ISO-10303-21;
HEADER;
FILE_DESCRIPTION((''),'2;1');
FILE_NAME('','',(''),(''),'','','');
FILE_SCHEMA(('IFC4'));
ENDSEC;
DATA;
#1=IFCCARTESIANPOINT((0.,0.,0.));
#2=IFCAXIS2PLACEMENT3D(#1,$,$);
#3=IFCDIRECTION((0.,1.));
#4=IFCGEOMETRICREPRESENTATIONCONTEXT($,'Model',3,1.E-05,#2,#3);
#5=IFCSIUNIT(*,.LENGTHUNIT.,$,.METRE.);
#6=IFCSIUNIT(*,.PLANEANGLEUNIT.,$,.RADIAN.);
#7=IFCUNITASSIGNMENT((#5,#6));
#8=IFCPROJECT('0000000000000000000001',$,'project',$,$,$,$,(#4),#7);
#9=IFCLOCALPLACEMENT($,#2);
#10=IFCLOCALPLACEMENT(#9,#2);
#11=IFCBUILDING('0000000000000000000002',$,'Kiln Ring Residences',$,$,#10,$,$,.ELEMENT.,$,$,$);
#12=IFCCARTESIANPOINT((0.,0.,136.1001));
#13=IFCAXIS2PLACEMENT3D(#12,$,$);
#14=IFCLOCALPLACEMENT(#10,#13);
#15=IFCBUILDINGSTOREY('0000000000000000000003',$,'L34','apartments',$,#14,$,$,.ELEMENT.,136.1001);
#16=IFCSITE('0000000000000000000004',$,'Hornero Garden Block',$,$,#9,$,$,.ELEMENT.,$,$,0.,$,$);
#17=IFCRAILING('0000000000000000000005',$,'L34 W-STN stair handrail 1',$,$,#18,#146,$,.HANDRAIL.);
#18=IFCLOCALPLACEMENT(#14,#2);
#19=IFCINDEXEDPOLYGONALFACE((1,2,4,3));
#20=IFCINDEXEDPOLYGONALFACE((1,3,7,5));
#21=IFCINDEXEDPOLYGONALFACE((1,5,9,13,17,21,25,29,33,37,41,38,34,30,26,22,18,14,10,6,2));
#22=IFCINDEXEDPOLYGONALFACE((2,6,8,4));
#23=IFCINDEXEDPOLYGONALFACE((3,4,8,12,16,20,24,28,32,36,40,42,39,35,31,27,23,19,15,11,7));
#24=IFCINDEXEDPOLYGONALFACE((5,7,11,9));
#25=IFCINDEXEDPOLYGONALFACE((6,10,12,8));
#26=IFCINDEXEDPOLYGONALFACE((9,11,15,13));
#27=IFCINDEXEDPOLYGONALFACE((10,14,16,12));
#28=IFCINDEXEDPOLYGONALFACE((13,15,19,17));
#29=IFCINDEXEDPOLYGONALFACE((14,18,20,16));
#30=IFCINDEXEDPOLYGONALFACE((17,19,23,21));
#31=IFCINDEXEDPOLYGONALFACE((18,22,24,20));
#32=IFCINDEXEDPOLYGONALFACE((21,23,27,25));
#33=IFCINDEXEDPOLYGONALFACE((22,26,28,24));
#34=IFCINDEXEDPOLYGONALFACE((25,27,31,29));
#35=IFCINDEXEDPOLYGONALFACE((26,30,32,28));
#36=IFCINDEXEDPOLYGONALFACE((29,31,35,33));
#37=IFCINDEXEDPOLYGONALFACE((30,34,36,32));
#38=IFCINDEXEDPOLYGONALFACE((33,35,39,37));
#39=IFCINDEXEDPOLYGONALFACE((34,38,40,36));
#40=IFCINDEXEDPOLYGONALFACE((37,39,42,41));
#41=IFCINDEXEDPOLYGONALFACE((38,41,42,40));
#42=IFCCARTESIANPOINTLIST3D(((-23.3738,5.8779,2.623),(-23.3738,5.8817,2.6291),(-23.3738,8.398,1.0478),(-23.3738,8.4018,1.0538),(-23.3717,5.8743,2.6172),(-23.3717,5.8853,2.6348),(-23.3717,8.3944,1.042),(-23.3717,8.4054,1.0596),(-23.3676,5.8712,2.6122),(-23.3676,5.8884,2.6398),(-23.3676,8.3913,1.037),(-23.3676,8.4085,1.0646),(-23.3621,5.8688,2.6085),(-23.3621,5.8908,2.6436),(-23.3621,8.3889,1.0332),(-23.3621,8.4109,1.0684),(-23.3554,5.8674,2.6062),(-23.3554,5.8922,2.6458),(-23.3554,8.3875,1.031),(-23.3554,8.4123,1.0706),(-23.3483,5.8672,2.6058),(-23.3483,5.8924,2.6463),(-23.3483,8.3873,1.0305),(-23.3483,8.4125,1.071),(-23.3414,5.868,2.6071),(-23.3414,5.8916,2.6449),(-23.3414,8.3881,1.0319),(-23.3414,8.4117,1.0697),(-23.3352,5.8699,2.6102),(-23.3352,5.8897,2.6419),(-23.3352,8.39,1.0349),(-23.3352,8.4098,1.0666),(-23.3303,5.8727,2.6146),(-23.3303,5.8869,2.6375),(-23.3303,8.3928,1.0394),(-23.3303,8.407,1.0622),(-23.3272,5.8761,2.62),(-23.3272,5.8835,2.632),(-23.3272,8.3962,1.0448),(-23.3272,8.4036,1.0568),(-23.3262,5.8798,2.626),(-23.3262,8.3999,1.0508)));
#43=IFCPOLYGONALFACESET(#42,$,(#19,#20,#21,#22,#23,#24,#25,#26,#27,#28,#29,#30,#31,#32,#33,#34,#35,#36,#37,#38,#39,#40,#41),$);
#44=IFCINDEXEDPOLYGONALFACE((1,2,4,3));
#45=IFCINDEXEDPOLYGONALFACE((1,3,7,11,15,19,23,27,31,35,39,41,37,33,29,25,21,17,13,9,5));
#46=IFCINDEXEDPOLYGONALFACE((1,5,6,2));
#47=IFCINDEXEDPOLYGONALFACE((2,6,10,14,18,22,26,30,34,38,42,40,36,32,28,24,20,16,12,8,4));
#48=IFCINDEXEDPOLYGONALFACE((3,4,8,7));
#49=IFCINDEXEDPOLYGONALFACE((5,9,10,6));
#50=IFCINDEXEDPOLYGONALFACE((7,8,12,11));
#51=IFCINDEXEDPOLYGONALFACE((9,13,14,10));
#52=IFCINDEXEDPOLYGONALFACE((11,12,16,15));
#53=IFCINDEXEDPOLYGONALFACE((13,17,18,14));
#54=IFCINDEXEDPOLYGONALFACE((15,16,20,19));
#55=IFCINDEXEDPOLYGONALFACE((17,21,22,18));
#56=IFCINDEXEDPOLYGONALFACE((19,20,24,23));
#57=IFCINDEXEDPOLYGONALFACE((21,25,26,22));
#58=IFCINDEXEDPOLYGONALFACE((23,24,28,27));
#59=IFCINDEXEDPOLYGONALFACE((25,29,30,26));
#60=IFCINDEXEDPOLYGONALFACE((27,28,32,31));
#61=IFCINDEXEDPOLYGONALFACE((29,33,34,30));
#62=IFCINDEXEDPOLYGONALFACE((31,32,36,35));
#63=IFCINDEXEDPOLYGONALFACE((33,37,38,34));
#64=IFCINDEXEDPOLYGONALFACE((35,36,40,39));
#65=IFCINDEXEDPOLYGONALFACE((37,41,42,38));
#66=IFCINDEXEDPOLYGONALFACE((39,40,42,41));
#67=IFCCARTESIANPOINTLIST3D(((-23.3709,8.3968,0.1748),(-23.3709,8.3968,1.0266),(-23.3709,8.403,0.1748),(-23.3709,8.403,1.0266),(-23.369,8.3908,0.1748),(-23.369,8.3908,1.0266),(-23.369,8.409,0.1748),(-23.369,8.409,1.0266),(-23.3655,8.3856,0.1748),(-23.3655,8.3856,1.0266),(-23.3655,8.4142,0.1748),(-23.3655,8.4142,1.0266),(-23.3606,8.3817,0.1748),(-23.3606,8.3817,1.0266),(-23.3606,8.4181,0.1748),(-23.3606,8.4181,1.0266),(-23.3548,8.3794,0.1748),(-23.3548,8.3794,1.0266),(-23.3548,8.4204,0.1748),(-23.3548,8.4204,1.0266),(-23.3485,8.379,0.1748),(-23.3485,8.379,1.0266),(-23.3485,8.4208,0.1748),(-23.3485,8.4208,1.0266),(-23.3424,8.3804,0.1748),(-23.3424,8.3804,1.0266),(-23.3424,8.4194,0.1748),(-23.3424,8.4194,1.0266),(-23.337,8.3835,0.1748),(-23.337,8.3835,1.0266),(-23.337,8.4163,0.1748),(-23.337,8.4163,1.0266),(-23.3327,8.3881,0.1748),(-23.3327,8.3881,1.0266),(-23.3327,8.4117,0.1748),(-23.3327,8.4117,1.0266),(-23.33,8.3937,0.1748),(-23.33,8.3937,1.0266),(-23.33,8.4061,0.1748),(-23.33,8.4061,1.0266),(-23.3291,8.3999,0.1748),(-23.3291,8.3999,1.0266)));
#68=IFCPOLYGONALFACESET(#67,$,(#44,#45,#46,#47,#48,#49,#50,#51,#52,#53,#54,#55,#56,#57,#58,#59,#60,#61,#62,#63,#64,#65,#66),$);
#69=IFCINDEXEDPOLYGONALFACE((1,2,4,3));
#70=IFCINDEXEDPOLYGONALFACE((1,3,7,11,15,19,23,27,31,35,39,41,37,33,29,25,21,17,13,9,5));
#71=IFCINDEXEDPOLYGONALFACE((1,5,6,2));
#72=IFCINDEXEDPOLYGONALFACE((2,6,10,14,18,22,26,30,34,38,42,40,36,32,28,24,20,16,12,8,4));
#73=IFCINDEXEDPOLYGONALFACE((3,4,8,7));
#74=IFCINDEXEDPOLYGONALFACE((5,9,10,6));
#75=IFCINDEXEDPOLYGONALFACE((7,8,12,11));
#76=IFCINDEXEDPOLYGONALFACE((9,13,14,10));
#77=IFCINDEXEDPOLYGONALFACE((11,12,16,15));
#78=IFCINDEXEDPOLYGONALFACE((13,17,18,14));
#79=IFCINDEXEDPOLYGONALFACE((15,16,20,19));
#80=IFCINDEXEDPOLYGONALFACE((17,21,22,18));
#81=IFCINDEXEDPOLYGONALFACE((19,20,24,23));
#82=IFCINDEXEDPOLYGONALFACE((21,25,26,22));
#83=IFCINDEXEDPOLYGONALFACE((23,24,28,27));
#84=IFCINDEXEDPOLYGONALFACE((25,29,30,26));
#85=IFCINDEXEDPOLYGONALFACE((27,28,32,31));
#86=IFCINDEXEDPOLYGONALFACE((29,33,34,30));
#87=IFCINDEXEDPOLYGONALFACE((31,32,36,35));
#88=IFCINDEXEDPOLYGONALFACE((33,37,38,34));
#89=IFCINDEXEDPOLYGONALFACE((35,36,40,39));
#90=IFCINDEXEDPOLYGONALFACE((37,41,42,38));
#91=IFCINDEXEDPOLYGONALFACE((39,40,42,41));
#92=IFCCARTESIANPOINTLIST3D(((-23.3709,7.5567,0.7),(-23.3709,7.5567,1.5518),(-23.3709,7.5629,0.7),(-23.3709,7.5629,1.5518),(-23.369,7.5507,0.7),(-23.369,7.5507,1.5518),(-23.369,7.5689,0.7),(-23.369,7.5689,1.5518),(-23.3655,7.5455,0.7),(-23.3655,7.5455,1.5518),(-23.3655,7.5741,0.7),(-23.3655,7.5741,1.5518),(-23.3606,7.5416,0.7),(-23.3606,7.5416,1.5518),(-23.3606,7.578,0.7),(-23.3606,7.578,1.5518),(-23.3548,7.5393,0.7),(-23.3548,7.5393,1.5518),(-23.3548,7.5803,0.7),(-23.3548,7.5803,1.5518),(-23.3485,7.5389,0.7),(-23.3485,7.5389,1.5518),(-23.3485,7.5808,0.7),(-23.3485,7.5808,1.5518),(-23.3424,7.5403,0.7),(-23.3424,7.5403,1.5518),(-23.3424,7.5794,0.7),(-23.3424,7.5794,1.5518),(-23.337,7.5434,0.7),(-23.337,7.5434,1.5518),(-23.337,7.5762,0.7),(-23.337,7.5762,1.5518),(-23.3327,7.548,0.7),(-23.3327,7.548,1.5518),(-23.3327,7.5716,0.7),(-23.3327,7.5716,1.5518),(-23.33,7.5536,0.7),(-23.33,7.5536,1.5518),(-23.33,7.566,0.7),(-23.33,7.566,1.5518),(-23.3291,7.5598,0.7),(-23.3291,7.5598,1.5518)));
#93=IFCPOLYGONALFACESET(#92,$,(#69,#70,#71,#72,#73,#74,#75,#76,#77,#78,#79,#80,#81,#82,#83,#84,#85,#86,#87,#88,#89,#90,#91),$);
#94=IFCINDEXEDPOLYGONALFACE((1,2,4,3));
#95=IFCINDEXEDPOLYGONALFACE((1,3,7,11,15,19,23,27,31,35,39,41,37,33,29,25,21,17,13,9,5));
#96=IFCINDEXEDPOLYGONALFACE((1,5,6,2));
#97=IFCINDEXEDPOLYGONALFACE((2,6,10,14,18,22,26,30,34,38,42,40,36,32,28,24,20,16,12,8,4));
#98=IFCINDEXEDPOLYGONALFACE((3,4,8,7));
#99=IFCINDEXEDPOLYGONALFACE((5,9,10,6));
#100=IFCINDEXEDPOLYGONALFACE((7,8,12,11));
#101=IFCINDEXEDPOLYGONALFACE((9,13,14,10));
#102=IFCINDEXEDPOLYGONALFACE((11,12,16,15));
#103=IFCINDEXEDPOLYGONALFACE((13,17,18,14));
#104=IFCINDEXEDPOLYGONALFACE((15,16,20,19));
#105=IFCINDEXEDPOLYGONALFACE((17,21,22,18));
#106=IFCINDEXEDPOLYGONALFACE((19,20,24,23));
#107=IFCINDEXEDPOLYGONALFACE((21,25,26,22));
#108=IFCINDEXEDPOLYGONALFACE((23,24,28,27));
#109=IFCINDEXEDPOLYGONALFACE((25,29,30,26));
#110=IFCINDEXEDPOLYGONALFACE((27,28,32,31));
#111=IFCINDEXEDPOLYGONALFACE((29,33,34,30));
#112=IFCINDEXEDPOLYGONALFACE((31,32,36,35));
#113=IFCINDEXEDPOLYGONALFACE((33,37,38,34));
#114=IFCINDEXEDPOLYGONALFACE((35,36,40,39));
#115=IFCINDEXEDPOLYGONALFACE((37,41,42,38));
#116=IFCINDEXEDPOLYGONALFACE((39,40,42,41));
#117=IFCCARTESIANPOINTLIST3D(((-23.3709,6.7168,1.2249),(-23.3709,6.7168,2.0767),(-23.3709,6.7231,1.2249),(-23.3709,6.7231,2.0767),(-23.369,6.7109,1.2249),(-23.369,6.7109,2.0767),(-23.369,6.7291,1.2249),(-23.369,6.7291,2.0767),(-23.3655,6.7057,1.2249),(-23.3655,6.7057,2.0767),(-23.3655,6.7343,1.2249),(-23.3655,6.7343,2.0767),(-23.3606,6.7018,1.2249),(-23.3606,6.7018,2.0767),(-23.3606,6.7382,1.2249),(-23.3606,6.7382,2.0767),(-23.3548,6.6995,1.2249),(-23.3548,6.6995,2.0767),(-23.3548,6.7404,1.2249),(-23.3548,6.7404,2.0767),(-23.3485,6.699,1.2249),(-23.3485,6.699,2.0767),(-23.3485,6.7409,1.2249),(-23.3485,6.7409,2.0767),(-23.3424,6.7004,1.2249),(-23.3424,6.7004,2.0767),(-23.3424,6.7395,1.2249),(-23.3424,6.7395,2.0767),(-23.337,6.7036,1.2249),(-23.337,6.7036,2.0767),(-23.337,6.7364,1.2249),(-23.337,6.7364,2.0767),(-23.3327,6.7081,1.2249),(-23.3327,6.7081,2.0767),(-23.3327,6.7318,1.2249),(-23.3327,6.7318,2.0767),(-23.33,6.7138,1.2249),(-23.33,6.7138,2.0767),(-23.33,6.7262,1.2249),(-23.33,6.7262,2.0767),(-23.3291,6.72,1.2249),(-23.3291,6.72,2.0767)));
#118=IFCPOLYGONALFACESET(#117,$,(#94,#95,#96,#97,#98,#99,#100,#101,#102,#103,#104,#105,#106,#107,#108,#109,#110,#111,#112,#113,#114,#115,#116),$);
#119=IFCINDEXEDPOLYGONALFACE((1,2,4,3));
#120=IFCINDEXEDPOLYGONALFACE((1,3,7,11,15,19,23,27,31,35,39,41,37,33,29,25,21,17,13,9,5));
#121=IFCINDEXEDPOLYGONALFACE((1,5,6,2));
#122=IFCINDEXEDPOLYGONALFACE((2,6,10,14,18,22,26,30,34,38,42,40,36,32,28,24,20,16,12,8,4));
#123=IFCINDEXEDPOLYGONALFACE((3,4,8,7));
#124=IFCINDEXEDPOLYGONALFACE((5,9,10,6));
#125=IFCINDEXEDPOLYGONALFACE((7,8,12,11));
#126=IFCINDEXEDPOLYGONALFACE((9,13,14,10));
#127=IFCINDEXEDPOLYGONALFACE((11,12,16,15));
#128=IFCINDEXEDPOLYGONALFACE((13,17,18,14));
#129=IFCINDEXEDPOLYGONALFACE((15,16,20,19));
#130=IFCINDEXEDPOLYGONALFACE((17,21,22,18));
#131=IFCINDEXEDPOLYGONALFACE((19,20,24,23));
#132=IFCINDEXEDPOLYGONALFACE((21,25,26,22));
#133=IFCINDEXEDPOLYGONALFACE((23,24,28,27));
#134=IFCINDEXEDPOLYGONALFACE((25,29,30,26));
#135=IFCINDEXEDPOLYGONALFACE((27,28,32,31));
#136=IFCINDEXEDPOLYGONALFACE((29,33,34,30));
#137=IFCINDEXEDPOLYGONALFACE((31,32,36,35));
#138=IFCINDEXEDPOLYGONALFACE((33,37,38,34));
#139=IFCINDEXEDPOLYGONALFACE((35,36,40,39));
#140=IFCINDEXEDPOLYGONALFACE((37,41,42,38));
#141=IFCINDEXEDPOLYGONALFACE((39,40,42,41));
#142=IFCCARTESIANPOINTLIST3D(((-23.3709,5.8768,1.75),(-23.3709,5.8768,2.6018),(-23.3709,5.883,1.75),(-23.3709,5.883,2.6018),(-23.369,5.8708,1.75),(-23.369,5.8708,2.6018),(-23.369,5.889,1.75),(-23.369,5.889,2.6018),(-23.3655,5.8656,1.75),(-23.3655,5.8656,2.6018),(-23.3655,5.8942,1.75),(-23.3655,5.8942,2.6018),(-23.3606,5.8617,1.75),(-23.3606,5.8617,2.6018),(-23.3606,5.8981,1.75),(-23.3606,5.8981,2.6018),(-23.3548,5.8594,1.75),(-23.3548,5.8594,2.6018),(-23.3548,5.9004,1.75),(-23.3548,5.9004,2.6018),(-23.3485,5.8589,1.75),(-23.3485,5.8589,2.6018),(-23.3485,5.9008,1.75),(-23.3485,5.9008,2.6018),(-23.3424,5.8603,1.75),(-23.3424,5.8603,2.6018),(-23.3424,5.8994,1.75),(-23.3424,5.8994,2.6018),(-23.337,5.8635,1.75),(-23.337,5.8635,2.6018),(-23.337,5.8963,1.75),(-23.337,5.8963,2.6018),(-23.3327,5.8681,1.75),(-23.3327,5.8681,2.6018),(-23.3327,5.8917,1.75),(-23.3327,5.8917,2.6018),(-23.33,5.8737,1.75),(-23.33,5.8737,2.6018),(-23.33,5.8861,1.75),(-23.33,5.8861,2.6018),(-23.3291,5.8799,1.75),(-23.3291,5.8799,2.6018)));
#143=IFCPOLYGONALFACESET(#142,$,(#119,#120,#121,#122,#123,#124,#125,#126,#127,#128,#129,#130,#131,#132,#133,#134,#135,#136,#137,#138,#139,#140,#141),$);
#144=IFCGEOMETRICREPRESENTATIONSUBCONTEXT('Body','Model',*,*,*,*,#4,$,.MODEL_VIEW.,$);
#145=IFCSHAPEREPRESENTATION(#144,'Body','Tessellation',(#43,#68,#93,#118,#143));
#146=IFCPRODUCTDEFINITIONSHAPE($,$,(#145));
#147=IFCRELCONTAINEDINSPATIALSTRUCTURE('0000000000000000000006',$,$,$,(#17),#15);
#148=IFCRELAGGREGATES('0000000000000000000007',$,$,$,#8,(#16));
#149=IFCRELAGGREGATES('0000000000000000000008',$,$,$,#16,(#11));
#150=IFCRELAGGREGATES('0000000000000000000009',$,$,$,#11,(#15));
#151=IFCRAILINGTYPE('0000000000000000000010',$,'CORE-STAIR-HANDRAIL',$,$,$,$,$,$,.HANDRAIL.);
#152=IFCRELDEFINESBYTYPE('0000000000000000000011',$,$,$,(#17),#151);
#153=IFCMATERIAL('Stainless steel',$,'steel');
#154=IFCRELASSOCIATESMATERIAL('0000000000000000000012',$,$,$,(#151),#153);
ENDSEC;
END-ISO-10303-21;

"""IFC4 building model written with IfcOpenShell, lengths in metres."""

from ifc_helpers import new_model, si_unit, direction, frame, origin, origin_2d, place, context, subcontext, project, spatial, circle, extrude, material, type_object, element, save


model = new_model("IFC4")

# Units and contexts
model_context = context("Model", 3, precision=1e-05, world=origin(), true_north=direction((0.0, 1.0)))
body_context = subcontext(model_context, "Body", "Model", "MODEL_VIEW")
ifc_project = project(units=[si_unit("LENGTHUNIT", "METRE"), si_unit("PLANEANGLEUNIT", "RADIAN")], contexts=[model_context])

# Site, building, storey
site_placement = place(None, origin())
site = spatial("IfcSite", under=ifc_project, at=site_placement, Name="Hornero Garden Block", CompositionType="ELEMENT", RefElevation=0.0)
building_placement = place(site_placement, origin())
building = spatial("IfcBuilding", under=site, at=building_placement, Name="Kiln Ring Residences", CompositionType="ELEMENT")
storey_placement = place(building_placement, frame((0.0, 0.0, 136.1001)))
storey = spatial("IfcBuildingStorey", under=building, at=storey_placement, Name="L34", Description="apartments", CompositionType="ELEMENT", Elevation=136.1001)

# Railing
ifc_material_1 = material(Name="Stainless steel", Category="steel")
railing_type_1 = type_object("IfcRailingType", Name="CORE-STAIR-HANDRAIL", PredefinedType="HANDRAIL", material=ifc_material_1)
railing_1_placement = place(storey_placement, frame((-23.3501, 8.3999, 0.1748)))
element("IfcRailing", 1, at=railing_1_placement, inside=storey, type_object=railing_type_1, Name="L34 W-STN stair handrail 1", PredefinedType="HANDRAIL", context=body_context, shape_type="SweptSolid", body=[
    extrude(circle(Radius=0.0239, at=origin_2d()), frame((0.0, 0.0, 0.876), z_axis=(0.0, -0.847971, 0.530043), x_axis=(1.0, 0.0, 0.0)), (0.0, 0.0, 1.0), 2.9719),
    extrude(circle(Radius=0.021, at=origin_2d()), origin(), (0.0, 0.0, 1.0), 0.8518),
    extrude(circle(Radius=0.021, at=origin_2d()), frame((0.0, -0.8401, 0.5251)), (0.0, 0.0, 1.0), 0.8518),
    extrude(circle(Radius=0.021, at=origin_2d()), frame((0.0, -1.6799, 1.05)), (0.0, 0.0, 1.0), 0.8518),
    extrude(circle(Radius=0.021, at=origin_2d()), frame((0.0, -2.52, 1.5752)), (0.0, 0.0, 1.0), 0.8518),
])

save(model, "model.ifc")
